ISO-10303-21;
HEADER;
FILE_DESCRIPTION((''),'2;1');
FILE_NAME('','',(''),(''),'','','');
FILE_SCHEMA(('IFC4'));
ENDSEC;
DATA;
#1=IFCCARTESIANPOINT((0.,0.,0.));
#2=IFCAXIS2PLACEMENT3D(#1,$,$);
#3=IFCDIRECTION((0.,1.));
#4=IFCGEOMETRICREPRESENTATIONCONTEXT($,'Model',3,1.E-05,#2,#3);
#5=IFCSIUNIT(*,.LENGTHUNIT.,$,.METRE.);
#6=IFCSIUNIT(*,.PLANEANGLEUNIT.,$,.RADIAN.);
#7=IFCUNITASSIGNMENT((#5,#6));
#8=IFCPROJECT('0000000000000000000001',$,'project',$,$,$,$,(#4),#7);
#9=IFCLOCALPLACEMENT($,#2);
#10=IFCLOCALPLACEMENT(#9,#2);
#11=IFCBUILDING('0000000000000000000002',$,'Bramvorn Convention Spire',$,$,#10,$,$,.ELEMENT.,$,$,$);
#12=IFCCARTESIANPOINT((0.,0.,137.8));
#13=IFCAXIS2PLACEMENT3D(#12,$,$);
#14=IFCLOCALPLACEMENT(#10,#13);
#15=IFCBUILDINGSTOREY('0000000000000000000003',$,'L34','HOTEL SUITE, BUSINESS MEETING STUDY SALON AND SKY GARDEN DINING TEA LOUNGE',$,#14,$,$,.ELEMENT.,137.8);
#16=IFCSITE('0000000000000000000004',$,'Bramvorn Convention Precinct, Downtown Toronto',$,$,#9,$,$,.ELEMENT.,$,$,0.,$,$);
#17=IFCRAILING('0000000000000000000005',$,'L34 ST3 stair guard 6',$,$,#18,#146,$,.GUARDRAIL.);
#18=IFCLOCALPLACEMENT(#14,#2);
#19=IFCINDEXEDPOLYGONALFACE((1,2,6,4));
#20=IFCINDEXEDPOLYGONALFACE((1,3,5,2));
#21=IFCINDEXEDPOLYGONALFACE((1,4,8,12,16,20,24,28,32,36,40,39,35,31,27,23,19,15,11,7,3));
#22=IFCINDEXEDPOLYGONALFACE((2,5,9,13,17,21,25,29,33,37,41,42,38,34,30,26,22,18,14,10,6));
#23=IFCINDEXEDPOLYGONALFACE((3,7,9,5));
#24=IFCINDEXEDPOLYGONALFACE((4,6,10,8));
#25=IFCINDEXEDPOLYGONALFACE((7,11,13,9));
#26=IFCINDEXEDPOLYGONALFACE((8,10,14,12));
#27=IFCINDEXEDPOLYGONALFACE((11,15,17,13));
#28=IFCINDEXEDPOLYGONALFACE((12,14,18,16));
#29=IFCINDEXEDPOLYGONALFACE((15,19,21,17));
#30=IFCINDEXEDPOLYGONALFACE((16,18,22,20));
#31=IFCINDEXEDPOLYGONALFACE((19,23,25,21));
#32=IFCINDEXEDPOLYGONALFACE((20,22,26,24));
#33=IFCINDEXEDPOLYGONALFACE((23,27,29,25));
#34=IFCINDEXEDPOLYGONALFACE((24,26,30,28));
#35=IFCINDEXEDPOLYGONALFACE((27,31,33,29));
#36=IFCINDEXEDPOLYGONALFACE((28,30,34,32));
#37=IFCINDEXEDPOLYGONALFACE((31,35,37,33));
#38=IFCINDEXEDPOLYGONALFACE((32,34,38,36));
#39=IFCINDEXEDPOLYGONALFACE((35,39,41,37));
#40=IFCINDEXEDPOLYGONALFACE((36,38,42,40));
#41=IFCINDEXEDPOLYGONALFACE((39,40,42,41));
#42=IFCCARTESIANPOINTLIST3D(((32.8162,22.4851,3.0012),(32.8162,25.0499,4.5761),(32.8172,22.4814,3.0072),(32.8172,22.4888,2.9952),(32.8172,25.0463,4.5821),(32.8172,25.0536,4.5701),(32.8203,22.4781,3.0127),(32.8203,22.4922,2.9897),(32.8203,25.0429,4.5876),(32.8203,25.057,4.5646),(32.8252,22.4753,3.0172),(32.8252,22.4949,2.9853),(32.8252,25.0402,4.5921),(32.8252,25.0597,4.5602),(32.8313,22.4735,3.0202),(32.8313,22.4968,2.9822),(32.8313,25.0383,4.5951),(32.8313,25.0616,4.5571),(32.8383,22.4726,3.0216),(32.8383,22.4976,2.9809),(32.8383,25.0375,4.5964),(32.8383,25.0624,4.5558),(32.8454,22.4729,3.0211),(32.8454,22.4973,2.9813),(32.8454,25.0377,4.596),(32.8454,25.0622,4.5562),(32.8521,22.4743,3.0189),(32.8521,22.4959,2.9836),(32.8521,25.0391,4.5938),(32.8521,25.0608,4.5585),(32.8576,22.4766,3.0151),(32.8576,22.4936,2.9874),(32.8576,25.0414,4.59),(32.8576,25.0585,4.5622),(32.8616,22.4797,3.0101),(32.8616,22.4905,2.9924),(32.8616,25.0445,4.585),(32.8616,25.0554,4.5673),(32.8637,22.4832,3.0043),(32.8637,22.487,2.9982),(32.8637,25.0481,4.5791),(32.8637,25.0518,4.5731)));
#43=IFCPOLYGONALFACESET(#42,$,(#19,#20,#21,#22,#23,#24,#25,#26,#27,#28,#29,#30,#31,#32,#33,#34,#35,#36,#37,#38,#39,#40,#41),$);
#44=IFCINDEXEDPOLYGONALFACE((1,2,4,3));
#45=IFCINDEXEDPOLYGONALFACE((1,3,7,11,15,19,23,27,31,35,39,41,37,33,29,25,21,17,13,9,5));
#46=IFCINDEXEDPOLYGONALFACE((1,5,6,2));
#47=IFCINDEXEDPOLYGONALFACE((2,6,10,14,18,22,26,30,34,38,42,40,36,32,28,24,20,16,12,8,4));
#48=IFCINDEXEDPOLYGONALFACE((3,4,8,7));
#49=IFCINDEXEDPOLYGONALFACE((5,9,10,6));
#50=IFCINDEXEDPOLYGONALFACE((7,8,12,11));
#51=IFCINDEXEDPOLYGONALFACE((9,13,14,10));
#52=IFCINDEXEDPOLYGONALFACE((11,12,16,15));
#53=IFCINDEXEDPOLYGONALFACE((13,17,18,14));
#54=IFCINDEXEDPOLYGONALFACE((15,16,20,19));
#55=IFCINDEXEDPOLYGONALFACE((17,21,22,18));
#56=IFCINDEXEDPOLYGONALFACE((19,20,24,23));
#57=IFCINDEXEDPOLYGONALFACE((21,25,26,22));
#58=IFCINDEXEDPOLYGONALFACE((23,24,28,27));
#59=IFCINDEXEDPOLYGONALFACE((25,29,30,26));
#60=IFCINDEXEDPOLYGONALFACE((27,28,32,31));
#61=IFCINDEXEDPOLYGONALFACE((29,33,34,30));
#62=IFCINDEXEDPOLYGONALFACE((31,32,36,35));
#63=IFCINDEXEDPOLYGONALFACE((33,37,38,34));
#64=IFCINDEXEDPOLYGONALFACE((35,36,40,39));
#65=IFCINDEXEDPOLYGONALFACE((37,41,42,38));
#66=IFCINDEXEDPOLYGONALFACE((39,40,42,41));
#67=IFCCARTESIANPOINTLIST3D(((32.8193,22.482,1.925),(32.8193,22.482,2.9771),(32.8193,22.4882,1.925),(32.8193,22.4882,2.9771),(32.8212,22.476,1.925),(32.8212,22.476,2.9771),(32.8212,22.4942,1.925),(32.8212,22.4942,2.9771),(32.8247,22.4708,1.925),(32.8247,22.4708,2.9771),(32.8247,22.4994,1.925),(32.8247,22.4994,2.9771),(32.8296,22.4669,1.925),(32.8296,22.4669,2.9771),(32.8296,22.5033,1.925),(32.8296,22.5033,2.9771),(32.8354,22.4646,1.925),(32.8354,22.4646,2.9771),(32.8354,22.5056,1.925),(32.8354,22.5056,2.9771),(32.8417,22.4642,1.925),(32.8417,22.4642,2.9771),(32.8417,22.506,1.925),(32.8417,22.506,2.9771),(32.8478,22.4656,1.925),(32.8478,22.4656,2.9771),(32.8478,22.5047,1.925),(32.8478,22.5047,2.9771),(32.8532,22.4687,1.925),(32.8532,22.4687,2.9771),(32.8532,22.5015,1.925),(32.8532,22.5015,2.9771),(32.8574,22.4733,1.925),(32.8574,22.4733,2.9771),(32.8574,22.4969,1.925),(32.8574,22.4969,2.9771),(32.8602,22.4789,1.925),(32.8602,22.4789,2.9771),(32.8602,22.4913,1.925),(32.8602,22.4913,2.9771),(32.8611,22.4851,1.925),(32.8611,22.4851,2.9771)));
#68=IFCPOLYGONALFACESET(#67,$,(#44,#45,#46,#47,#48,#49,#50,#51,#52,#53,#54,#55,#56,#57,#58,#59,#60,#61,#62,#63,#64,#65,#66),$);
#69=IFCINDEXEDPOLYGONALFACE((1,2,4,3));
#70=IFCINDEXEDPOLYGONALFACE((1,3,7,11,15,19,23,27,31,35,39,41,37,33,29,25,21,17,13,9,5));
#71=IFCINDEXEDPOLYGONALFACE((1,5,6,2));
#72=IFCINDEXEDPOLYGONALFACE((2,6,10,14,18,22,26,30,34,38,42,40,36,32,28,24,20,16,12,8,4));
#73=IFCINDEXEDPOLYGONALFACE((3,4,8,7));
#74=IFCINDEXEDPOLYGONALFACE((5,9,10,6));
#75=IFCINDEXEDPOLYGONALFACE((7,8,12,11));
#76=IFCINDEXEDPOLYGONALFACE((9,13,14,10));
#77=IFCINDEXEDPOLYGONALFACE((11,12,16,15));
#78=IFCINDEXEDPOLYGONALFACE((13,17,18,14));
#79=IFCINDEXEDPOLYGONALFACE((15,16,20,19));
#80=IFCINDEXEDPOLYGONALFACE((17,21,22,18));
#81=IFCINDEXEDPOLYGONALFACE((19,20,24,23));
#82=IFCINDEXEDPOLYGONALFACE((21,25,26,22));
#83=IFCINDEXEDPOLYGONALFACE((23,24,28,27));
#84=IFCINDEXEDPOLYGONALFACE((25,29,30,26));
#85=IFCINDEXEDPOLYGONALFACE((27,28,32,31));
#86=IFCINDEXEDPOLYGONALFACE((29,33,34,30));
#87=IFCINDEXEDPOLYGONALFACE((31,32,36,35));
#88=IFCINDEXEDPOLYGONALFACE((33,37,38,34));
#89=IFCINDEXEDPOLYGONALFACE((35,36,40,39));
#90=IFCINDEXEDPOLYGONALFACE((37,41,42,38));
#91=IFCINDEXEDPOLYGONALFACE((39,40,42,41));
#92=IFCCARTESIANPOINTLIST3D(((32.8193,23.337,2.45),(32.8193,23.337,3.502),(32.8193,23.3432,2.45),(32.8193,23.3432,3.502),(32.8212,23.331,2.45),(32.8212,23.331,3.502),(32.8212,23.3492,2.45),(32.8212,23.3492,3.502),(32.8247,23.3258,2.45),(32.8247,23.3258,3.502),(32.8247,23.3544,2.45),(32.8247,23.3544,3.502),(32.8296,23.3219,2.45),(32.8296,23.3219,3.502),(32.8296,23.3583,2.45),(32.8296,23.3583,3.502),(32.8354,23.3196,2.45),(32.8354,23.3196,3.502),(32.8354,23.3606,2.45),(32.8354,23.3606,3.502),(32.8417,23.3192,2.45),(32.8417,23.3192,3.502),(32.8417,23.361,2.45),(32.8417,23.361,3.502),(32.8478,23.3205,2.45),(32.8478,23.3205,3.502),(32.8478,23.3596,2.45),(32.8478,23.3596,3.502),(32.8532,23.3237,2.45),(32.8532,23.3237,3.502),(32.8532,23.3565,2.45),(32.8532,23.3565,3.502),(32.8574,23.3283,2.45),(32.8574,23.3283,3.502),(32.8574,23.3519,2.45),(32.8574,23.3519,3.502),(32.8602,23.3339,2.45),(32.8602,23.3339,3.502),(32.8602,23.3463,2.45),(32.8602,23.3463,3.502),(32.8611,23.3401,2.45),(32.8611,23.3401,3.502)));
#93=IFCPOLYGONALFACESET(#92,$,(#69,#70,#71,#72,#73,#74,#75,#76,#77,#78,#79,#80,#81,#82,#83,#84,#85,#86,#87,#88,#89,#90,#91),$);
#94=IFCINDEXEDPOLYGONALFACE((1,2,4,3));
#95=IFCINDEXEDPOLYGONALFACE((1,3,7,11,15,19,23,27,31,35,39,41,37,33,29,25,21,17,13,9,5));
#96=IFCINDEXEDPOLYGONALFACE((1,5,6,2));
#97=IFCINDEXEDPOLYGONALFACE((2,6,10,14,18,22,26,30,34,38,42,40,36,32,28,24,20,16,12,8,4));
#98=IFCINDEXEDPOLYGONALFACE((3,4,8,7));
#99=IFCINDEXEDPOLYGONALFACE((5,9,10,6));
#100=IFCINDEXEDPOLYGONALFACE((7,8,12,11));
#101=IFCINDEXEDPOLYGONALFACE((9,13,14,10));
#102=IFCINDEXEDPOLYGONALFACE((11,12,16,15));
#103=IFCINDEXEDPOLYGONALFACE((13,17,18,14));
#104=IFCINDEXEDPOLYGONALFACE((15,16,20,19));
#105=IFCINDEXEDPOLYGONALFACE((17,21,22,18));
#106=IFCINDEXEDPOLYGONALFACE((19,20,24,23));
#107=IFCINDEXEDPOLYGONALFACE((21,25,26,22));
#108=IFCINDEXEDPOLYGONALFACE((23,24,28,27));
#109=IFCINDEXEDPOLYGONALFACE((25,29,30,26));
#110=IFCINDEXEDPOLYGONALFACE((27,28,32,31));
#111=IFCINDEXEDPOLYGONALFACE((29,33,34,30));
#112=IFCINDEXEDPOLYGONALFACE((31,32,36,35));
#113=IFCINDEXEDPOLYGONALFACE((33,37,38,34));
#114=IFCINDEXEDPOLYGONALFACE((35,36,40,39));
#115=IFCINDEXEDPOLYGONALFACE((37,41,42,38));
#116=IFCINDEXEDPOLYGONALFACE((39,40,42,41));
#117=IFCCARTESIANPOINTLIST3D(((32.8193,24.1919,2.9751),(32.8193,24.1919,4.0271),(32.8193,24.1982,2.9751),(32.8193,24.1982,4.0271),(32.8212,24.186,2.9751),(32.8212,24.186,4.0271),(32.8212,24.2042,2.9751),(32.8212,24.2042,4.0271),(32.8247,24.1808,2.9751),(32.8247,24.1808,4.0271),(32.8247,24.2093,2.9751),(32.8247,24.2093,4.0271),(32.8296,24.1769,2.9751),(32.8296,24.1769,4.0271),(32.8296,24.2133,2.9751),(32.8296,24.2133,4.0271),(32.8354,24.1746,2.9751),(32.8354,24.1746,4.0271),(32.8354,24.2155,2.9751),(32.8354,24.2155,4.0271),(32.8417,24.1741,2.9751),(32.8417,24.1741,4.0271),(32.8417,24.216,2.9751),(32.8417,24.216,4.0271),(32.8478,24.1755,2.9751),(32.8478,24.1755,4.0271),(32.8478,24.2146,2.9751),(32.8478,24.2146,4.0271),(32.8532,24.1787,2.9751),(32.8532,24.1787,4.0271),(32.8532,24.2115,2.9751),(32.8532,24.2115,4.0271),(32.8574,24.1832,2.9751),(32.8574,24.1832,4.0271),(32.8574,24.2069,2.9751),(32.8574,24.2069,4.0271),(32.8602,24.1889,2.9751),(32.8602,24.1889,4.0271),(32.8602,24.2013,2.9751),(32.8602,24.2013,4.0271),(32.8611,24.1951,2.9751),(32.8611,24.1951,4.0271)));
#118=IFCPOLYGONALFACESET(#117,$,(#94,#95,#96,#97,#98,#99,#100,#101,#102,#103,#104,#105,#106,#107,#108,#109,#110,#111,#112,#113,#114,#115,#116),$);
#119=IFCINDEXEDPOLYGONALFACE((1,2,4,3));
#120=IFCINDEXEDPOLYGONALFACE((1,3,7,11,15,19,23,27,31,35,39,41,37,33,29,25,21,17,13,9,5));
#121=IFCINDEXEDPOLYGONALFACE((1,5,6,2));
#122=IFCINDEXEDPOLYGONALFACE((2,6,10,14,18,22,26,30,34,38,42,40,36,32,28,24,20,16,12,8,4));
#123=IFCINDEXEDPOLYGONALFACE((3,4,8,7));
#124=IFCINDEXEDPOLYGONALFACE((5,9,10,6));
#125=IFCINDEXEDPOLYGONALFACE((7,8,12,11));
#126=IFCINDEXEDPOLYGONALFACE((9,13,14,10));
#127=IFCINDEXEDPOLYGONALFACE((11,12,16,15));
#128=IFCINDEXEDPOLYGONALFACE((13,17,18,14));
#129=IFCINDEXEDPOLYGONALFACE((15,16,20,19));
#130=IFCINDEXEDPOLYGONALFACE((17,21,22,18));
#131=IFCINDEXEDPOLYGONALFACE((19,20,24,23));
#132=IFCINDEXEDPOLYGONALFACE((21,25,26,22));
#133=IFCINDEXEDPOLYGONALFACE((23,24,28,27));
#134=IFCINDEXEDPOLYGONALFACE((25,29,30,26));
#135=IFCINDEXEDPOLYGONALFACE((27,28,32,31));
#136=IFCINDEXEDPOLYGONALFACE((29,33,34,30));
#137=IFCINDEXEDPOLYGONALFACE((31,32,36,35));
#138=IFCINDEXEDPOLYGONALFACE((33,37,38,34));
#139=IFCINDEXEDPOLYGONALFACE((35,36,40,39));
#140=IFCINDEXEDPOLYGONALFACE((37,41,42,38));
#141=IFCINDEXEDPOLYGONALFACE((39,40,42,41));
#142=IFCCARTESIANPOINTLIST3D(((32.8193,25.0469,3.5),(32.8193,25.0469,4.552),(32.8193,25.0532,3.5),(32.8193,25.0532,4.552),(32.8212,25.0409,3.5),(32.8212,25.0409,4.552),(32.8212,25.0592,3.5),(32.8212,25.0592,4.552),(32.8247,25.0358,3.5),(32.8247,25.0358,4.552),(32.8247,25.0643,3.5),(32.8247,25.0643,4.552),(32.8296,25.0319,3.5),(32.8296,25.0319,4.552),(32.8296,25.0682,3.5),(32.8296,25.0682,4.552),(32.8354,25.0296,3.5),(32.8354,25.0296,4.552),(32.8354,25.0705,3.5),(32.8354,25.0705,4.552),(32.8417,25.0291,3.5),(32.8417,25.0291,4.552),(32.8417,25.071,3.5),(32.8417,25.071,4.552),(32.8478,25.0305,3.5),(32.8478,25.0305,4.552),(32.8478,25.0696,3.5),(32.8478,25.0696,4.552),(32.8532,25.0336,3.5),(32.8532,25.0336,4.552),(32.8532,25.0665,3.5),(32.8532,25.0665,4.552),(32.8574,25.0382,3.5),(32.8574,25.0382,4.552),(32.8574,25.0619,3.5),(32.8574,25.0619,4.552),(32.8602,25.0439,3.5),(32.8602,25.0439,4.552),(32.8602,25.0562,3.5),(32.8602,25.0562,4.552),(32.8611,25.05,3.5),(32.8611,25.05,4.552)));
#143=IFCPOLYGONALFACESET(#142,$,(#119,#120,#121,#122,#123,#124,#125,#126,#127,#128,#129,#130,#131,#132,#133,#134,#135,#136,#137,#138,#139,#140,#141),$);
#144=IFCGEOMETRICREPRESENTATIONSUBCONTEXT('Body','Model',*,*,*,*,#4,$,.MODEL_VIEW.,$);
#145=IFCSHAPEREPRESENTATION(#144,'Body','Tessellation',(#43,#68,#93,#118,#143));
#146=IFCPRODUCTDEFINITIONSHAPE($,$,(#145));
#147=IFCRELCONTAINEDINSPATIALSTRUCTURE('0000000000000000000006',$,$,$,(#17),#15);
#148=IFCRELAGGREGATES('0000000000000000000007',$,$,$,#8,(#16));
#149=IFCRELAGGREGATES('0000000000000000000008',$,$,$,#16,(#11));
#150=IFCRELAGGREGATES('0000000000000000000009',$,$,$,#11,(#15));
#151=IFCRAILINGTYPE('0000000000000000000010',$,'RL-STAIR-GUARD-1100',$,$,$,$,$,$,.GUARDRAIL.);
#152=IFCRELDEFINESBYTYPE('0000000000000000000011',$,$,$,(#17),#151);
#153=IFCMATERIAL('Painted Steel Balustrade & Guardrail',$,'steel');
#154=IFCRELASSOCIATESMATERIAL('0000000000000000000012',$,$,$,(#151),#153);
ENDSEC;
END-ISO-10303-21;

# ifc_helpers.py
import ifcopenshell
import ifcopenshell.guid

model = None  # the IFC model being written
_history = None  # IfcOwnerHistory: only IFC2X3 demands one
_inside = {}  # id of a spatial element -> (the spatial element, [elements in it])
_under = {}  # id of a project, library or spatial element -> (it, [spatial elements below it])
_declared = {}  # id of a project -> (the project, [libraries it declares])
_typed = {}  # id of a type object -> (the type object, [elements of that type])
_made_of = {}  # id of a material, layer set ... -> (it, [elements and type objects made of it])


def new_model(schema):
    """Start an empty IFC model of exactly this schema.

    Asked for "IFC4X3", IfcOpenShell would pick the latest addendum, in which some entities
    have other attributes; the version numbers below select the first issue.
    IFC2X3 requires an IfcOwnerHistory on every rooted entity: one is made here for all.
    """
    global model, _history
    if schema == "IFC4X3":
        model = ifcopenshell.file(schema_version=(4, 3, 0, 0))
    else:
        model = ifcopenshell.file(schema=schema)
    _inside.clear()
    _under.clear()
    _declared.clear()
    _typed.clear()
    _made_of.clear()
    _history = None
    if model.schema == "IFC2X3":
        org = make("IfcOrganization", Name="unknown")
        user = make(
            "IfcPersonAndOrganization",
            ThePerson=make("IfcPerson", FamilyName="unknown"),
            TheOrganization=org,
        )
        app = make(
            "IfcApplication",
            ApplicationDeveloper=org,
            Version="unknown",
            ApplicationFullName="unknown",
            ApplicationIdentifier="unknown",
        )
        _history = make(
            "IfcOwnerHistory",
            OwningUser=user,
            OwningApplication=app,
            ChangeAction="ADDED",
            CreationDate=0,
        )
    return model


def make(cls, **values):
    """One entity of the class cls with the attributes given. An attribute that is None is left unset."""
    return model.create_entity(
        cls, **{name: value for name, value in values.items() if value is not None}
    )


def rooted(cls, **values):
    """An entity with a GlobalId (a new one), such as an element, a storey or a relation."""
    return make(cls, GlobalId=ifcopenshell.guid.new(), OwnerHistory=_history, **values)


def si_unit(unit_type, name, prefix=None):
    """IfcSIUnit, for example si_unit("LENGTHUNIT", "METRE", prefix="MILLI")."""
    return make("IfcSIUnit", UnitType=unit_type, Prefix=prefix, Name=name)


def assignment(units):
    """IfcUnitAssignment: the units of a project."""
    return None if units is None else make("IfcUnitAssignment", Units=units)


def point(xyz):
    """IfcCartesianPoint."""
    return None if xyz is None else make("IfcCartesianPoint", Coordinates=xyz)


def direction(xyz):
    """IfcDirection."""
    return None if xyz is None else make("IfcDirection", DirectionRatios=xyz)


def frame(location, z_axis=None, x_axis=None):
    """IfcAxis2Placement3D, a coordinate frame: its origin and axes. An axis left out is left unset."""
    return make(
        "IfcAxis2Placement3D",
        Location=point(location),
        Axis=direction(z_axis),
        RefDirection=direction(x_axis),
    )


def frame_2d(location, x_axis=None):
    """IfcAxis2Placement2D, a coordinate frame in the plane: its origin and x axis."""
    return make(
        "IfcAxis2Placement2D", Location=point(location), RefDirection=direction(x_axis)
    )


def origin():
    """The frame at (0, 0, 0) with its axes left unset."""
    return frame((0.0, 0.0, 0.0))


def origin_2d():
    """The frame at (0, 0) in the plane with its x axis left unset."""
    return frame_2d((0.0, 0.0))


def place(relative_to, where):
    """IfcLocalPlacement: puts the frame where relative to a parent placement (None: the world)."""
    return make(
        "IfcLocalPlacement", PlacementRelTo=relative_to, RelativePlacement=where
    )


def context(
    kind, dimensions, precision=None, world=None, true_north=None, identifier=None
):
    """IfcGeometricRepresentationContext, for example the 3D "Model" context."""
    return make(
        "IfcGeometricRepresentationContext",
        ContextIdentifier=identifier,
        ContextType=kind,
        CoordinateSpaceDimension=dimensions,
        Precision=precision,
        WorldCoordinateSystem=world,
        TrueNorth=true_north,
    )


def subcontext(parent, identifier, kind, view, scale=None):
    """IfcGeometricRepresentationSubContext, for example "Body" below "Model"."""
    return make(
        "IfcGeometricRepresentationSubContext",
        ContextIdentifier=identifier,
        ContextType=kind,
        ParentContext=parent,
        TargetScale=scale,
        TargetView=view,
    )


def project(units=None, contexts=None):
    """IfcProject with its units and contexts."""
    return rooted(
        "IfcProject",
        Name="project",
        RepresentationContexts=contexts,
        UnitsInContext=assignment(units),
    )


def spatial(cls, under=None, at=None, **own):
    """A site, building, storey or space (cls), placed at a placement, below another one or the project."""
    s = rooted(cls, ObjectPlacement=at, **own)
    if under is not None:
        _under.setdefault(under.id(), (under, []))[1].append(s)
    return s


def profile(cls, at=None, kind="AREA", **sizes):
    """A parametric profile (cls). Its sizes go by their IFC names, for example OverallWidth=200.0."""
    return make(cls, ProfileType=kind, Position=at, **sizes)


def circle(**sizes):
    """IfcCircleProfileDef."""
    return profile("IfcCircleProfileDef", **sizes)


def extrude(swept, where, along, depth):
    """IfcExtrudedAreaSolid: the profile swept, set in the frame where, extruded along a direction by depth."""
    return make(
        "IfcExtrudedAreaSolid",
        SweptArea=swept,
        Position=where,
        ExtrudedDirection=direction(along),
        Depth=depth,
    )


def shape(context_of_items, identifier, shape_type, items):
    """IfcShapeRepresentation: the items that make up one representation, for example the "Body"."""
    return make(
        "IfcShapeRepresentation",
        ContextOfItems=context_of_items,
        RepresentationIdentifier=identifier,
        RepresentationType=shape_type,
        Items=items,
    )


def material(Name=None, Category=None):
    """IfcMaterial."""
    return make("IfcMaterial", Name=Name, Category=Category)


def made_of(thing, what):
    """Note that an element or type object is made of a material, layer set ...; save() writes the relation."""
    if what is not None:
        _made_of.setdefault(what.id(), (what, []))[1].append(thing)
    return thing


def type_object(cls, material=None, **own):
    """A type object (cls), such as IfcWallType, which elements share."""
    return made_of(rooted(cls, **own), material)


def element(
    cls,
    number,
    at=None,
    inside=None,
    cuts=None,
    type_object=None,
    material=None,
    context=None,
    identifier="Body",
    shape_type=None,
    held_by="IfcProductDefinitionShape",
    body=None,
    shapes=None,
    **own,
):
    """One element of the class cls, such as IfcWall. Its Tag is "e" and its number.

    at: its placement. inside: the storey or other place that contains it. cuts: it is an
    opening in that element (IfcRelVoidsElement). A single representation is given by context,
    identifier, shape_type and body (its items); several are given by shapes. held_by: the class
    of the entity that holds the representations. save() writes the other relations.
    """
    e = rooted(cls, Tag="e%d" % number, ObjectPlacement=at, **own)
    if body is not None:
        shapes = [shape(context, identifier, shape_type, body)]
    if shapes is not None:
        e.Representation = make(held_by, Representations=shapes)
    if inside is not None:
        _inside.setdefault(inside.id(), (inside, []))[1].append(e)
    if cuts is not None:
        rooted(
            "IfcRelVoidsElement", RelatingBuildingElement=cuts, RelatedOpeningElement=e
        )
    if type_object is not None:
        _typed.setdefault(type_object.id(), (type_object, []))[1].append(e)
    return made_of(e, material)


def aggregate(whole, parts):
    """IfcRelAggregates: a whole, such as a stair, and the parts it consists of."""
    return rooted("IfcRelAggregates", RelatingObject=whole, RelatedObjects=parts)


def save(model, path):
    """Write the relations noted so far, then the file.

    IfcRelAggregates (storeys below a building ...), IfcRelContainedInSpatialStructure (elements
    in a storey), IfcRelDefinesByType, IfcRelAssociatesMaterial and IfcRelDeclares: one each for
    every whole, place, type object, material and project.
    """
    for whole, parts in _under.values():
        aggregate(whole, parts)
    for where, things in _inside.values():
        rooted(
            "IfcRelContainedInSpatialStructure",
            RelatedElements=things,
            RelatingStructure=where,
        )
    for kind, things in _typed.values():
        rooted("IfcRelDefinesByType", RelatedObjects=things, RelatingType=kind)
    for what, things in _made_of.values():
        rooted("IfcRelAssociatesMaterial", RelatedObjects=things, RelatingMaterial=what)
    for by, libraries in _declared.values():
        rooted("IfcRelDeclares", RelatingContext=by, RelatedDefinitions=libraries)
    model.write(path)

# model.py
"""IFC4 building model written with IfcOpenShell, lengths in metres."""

from ifc_helpers import new_model, si_unit, direction, frame, origin, origin_2d, place, context, subcontext, project, spatial, circle, extrude, material, type_object, element, save


model = new_model("IFC4")

# Units and contexts
model_context = context("Model", 3, precision=1e-05, world=origin(), true_north=direction((0.0, 1.0)))
body_context = subcontext(model_context, "Body", "Model", "MODEL_VIEW")
ifc_project = project(units=[si_unit("LENGTHUNIT", "METRE"), si_unit("PLANEANGLEUNIT", "RADIAN")], contexts=[model_context])

# Site, building, storey
site_placement = place(None, origin())
site = spatial("IfcSite", under=ifc_project, at=site_placement, Name="Bramvorn Convention Precinct, Downtown Toronto", CompositionType="ELEMENT", RefElevation=0.0)
building_placement = place(site_placement, origin())
building = spatial("IfcBuilding", under=site, at=building_placement, Name="Bramvorn Convention Spire", CompositionType="ELEMENT")
storey_placement = place(building_placement, frame((0.0, 0.0, 137.8)))
storey = spatial("IfcBuildingStorey", under=building, at=storey_placement, Name="L34", Description="HOTEL SUITE, BUSINESS MEETING STUDY SALON AND SKY GARDEN DINING TEA LOUNGE", CompositionType="ELEMENT", Elevation=137.8)

# Railing
ifc_material_1 = material(Name="Painted Steel Balustrade & Guardrail", Category="steel")
railing_type_1 = type_object("IfcRailingType", Name="RL-STAIR-GUARD-1100", PredefinedType="GUARDRAIL", material=ifc_material_1)
railing_1_placement = place(storey_placement, frame((32.8401, 22.4851, 1.925)))
element("IfcRailing", 1, at=railing_1_placement, inside=storey, type_object=railing_type_1, Name="L34 ST3 stair guard 6", PredefinedType="GUARDRAIL", context=body_context, shape_type="SweptSolid", body=[
    extrude(circle(Radius=0.0239, at=origin_2d()), frame((0.0, 0.0, 1.0762), z_axis=(0.0, 0.852173, 0.52326), x_axis=(-1.0, 0.0, 0.0)), (0.0, 0.0, 1.0), 3.0098),
    extrude(circle(Radius=0.021, at=origin_2d()), origin(), (0.0, 0.0, 1.0), 1.052),
    extrude(circle(Radius=0.021, at=origin_2d()), frame((0.0, 0.855, 0.5249)), (0.0, 0.0, 1.0), 1.052),
    extrude(circle(Radius=0.021, at=origin_2d()), frame((0.0, 1.71, 1.05)), (0.0, 0.0, 1.0), 1.052),
    extrude(circle(Radius=0.021, at=origin_2d()), frame((0.0, 2.5649, 1.575)), (0.0, 0.0, 1.0), 1.052),
])

save(model, "model.ifc")
